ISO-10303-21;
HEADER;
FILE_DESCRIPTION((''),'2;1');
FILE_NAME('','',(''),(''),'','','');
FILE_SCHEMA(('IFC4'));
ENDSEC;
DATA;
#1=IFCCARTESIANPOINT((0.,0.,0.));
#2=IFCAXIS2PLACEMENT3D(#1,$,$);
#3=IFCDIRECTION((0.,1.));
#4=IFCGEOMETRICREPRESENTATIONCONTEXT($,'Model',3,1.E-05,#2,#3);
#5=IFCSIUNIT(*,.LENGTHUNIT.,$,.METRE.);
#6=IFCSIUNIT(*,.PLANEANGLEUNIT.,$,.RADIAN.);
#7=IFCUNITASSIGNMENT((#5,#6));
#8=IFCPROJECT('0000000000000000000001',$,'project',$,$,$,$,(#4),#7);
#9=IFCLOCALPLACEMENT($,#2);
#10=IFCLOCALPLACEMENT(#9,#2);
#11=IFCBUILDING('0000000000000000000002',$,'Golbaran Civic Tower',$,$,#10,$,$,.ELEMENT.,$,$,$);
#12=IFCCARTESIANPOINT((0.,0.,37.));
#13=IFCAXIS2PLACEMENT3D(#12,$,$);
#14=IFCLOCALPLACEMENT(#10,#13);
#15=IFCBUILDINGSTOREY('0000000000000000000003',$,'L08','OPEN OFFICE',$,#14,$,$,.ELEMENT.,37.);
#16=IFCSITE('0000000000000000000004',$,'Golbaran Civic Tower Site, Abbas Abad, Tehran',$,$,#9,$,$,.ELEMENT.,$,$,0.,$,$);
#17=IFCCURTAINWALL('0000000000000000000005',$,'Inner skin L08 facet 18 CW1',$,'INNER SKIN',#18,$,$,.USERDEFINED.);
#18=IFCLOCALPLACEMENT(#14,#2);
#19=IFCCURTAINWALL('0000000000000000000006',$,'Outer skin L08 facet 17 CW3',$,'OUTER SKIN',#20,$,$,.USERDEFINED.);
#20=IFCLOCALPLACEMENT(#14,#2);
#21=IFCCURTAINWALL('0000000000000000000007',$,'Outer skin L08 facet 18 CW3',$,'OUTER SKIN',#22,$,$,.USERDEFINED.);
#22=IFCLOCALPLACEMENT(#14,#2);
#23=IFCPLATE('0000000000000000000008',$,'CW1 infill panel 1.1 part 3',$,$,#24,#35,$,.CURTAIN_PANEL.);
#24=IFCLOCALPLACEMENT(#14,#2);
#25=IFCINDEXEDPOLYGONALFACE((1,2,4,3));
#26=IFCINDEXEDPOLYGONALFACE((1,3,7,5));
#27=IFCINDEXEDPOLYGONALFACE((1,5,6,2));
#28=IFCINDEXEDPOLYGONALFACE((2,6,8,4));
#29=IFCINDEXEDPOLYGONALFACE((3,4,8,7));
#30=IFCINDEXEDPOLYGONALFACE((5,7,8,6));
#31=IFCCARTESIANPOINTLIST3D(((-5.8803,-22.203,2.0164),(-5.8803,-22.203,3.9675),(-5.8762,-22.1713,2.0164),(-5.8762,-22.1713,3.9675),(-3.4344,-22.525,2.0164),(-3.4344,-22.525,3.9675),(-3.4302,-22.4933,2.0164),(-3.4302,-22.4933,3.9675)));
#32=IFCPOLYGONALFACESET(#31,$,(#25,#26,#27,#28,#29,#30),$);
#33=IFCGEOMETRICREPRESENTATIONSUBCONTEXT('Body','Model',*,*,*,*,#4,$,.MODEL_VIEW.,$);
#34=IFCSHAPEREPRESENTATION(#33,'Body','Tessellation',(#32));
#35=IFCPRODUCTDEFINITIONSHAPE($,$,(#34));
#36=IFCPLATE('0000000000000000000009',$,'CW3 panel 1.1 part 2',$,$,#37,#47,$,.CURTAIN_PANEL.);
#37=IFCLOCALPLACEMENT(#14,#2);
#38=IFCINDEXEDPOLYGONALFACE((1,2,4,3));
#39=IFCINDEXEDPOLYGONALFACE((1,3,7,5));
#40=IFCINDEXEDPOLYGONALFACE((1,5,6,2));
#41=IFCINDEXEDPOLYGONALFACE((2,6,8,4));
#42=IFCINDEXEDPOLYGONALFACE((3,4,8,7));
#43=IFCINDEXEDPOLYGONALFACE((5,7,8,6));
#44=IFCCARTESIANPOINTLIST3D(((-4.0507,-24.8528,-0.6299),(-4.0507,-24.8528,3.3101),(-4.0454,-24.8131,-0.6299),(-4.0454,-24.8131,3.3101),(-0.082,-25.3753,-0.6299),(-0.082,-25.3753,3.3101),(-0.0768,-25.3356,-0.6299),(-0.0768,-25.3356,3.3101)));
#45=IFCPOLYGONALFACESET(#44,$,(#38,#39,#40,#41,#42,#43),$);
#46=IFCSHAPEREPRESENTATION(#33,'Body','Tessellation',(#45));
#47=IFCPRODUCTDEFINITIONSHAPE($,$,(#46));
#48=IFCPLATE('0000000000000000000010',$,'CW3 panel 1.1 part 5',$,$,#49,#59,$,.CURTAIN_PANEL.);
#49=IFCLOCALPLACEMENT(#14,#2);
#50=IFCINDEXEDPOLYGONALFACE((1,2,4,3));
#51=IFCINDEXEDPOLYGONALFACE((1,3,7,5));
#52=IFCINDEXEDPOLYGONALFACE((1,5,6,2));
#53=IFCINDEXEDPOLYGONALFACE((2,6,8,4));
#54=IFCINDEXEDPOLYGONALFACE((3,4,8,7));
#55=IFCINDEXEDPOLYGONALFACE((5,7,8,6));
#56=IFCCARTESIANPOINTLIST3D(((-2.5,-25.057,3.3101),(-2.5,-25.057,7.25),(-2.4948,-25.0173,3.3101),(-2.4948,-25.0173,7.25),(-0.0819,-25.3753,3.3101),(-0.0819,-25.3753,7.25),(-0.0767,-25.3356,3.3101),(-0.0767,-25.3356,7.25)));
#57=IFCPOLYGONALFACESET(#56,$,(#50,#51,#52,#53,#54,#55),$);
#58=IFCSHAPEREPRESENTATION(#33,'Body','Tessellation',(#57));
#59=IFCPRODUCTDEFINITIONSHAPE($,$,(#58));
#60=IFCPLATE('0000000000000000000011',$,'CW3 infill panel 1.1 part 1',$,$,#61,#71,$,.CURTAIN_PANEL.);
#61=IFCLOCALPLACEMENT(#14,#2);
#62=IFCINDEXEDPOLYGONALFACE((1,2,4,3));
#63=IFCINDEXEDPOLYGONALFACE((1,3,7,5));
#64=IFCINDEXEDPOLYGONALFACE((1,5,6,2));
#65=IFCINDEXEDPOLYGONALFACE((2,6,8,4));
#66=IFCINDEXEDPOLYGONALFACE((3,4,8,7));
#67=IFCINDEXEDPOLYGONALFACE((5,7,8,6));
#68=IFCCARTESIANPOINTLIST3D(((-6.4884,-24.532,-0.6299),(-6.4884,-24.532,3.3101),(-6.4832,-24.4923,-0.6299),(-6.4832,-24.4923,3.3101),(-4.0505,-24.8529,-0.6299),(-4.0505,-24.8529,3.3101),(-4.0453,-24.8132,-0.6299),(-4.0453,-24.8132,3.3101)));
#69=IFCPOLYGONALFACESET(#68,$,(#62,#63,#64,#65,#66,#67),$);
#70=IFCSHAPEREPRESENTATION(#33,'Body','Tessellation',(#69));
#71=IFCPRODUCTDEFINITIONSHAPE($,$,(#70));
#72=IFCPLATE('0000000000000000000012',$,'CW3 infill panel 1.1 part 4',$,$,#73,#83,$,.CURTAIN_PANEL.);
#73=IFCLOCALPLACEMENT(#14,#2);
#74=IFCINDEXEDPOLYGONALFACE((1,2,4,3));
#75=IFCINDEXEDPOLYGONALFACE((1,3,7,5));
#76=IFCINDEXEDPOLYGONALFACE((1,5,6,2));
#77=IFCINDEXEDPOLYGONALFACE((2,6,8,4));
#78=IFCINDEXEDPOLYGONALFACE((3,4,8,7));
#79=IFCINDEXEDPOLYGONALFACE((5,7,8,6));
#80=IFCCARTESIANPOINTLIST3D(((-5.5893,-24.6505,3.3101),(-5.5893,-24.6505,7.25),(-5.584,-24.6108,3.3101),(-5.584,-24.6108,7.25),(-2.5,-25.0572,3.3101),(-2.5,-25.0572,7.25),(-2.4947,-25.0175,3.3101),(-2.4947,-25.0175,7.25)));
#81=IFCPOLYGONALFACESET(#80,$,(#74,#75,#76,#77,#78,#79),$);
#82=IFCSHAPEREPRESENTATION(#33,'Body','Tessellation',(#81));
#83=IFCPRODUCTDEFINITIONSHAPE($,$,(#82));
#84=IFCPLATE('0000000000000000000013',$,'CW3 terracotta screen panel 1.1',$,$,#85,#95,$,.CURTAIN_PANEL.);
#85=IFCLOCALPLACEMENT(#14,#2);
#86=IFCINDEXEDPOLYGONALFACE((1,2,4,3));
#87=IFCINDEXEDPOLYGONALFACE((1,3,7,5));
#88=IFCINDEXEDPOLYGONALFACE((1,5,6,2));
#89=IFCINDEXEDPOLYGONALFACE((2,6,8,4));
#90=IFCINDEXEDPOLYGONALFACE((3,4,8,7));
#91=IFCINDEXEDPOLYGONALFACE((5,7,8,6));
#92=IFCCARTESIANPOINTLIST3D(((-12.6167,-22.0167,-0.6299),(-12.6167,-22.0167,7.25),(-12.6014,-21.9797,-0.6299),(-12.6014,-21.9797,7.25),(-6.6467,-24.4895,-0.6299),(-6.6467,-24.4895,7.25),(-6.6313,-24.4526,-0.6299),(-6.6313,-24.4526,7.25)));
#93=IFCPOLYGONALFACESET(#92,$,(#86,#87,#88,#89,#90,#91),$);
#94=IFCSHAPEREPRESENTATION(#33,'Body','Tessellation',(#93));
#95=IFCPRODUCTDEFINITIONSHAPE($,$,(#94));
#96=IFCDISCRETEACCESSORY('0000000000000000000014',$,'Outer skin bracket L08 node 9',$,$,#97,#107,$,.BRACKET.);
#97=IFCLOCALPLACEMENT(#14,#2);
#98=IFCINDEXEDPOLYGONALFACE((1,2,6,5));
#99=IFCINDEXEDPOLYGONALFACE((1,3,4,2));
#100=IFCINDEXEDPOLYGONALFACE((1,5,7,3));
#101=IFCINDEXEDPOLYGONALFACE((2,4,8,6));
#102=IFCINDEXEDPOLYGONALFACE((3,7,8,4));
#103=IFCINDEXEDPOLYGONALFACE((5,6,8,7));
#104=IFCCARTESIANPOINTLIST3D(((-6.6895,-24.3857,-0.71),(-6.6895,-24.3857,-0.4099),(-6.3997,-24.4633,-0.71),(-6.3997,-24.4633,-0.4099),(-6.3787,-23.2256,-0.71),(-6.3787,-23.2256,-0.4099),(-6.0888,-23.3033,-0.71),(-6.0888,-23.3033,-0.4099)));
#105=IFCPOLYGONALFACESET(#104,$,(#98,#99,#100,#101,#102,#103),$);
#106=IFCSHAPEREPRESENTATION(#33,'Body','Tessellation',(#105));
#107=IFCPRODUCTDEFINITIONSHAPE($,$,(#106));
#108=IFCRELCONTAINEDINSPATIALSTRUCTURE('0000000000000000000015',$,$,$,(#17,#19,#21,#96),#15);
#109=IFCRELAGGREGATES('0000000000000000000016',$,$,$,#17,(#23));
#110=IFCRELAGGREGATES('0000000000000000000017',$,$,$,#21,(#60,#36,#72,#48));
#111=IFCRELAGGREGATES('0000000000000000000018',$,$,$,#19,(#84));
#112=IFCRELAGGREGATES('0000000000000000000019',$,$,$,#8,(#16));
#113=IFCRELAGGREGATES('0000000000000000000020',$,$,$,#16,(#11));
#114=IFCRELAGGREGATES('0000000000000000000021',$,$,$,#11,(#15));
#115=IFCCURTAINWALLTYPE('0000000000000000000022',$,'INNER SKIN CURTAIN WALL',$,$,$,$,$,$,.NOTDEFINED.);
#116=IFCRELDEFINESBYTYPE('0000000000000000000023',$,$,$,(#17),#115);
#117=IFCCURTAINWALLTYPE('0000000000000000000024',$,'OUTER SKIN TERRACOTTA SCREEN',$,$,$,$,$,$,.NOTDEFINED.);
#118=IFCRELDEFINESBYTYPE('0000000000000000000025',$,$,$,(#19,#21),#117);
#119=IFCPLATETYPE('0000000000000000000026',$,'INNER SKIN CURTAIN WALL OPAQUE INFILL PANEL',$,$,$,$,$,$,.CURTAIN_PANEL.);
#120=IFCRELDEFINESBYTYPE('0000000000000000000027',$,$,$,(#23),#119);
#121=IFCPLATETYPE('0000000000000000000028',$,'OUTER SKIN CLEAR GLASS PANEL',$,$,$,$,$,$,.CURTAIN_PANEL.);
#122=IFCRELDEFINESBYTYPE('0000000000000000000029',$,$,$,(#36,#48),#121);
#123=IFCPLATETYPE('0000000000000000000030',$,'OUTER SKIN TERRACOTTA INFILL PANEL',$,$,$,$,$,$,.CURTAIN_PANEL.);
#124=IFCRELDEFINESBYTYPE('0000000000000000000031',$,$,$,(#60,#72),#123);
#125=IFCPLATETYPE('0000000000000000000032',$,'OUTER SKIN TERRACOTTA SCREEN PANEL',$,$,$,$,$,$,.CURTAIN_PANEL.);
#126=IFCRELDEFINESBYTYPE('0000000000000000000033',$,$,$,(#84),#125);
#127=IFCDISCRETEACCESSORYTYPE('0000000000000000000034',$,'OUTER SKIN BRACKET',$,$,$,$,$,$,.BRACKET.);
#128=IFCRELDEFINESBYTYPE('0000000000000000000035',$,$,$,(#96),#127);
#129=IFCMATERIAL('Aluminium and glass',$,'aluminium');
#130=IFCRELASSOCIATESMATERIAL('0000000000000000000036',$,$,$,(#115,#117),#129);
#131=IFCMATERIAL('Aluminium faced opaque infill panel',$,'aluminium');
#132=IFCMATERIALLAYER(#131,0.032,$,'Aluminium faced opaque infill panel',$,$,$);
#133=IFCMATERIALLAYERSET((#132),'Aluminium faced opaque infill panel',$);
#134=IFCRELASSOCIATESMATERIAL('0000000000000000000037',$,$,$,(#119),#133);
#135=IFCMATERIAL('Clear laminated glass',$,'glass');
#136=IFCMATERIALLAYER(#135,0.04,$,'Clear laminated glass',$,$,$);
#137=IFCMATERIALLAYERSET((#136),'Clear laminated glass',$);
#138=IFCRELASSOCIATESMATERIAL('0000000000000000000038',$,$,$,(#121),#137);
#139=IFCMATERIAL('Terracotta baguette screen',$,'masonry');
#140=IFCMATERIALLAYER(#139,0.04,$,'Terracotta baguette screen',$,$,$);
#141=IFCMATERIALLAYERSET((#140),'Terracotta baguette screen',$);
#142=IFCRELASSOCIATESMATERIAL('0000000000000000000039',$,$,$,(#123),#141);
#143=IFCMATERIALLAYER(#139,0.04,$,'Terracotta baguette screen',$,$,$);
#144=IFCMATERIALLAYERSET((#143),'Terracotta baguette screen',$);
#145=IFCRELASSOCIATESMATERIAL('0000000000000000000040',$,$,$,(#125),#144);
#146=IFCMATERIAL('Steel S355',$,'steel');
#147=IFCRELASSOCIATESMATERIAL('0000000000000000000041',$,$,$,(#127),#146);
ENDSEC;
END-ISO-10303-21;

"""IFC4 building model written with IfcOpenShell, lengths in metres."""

from ifc_helpers import new_model, si_unit, direction, frame, origin, origin_2d, place, context, subcontext, project, spatial, rectangle, extrude, material, layer, layer_set, type_object, element, aggregate, save


model = new_model("IFC4")

# Units and contexts
model_context = context("Model", 3, precision=1e-05, world=origin(), true_north=direction((0.0, 1.0)))
body_context = subcontext(model_context, "Body", "Model", "MODEL_VIEW")
ifc_project = project(units=[si_unit("LENGTHUNIT", "METRE"), si_unit("PLANEANGLEUNIT", "RADIAN")], contexts=[model_context])

# Site, building, storey
site_placement = place(None, origin())
site = spatial("IfcSite", under=ifc_project, at=site_placement, Name="Golbaran Civic Tower Site, Abbas Abad, Tehran", CompositionType="ELEMENT", RefElevation=0.0)
building_placement = place(site_placement, origin())
building = spatial("IfcBuilding", under=site, at=building_placement, Name="Golbaran Civic Tower", CompositionType="ELEMENT")
storey_placement = place(building_placement, frame((0.0, 0.0, 37.0)))
storey = spatial("IfcBuildingStorey", under=building, at=storey_placement, Name="L08", Description="OPEN OFFICE", CompositionType="ELEMENT", Elevation=37.0)

# Shared definitions
ifc_material_1 = material(Name="Steel S355", Category="steel")

# Shared definitions
ifc_material_2 = material(Name="Aluminium and glass", Category="aluminium")
curtain_wall_type_1 = type_object("IfcCurtainWallType", Name="INNER SKIN CURTAIN WALL", PredefinedType="NOTDEFINED", material=ifc_material_2)

# Curtain wall
curtain_wall_1_placement = place(storey_placement, origin())
curtain_wall_1 = element("IfcCurtainWall", 1, at=curtain_wall_1_placement, inside=storey, type_object=curtain_wall_type_1, Name="Inner skin L08 facet 18 CW1", ObjectType="INNER SKIN", PredefinedType="USERDEFINED")

# Shared definitions
curtain_wall_type_2 = type_object("IfcCurtainWallType", Name="OUTER SKIN TERRACOTTA SCREEN", PredefinedType="NOTDEFINED", material=ifc_material_2)

# Curtain walls
curtain_wall_2_placement = place(storey_placement, origin())
curtain_wall_2 = element("IfcCurtainWall", 2, at=curtain_wall_2_placement, inside=storey, type_object=curtain_wall_type_2, Name="Outer skin L08 facet 17 CW3", ObjectType="OUTER SKIN", PredefinedType="USERDEFINED")
curtain_wall_3_placement = place(storey_placement, origin())
curtain_wall_3 = element("IfcCurtainWall", 3, at=curtain_wall_3_placement, inside=storey, type_object=curtain_wall_type_2, Name="Outer skin L08 facet 18 CW3", ObjectType="OUTER SKIN", PredefinedType="USERDEFINED")

# Plates
ifc_material_3 = material(Name="Aluminium faced opaque infill panel", Category="aluminium")
ifc_layer_1 = layer(ifc_material_3, 0.032, Name="Aluminium faced opaque infill panel")
ifc_layer_set_1 = layer_set([ifc_layer_1], Name="Aluminium faced opaque infill panel")
plate_type_1 = type_object("IfcPlateType", Name="INNER SKIN CURTAIN WALL OPAQUE INFILL PANEL", PredefinedType="CURTAIN_PANEL", material=ifc_layer_set_1)
plate_1_placement = place(storey_placement, frame((-4.6553, -22.3481, 2.0164), z_axis=(0.0, 0.0, 1.0), x_axis=(0.991445, -0.130526, 0.0)))
plate_1 = element("IfcPlate", 4, at=plate_1_placement, type_object=plate_type_1, Name="CW1 infill panel 1.1 part 3", PredefinedType="CURTAIN_PANEL", context=body_context, shape_type="SweptSolid", body=[
    extrude(rectangle(XDim=2.467, YDim=0.032, at=origin_2d()), origin(), (0.0, 0.0, 1.0), 1.9512),
])
aggregate(curtain_wall_1, [plate_1])
ifc_material_4 = material(Name="Clear laminated glass", Category="glass")
ifc_layer_2 = layer(ifc_material_4, 0.04, Name="Clear laminated glass")
ifc_layer_set_2 = layer_set([ifc_layer_2], Name="Clear laminated glass")
plate_type_2 = type_object("IfcPlateType", Name="OUTER SKIN CLEAR GLASS PANEL", PredefinedType="CURTAIN_PANEL", material=ifc_layer_set_2)
plate_2_placement = place(storey_placement, frame((-2.0637, -25.0942, -0.6299), z_axis=(0.0, 0.0, 1.0), x_axis=(0.991445, -0.130526, 0.0)))
plate_2 = element("IfcPlate", 5, at=plate_2_placement, type_object=plate_type_2, Name="CW3 panel 1.1 part 2", PredefinedType="CURTAIN_PANEL", context=body_context, shape_type="SweptSolid", body=[
    extrude(rectangle(XDim=4.0029, YDim=0.04, at=origin_2d()), origin(), (0.0, 0.0, 1.0), 3.9399),
])
plate_3_placement = place(storey_placement, frame((-1.2883, -25.1963, 3.3101), z_axis=(0.0, 0.0, 1.0), x_axis=(0.991445, -0.130526, 0.0)))
plate_3 = element("IfcPlate", 6, at=plate_3_placement, type_object=plate_type_2, Name="CW3 panel 1.1 part 5", PredefinedType="CURTAIN_PANEL", context=body_context, shape_type="SweptSolid", body=[
    extrude(rectangle(XDim=2.439, YDim=0.04, at=origin_2d()), origin(), (0.0, 0.0, 1.0), 3.9399),
])
ifc_material_5 = material(Name="Terracotta baguette screen", Category="masonry")
ifc_layer_3 = layer(ifc_material_5, 0.04, Name="Terracotta baguette screen")
ifc_layer_set_3 = layer_set([ifc_layer_3], Name="Terracotta baguette screen")
plate_type_3 = type_object("IfcPlateType", Name="OUTER SKIN TERRACOTTA INFILL PANEL", PredefinedType="CURTAIN_PANEL", material=ifc_layer_set_3)
plate_4_placement = place(storey_placement, frame((-5.2668, -24.6726, -0.6299), z_axis=(0.0, 0.0, 1.0), x_axis=(0.991445, -0.130526, 0.0)))
plate_4 = element("IfcPlate", 7, at=plate_4_placement, type_object=plate_type_3, Name="CW3 infill panel 1.1 part 1", PredefinedType="CURTAIN_PANEL", context=body_context, shape_type="SweptSolid", body=[
    extrude(rectangle(XDim=2.459, YDim=0.04, at=origin_2d()), origin(), (0.0, 0.0, 1.0), 3.9399),
])
plate_5_placement = place(storey_placement, frame((-4.042, -24.834, 3.3101), z_axis=(0.0, 0.0, 1.0), x_axis=(0.991445, -0.130526, 0.0)))
plate_5 = element("IfcPlate", 8, at=plate_5_placement, type_object=plate_type_3, Name="CW3 infill panel 1.1 part 4", PredefinedType="CURTAIN_PANEL", context=body_context, shape_type="SweptSolid", body=[
    extrude(rectangle(XDim=3.116, YDim=0.04, at=origin_2d()), origin(), (0.0, 0.0, 1.0), 3.9399),
])
aggregate(curtain_wall_3, [plate_4, plate_2, plate_5, plate_3])
ifc_layer_4 = layer(ifc_material_5, 0.04, Name="Terracotta baguette screen")
ifc_layer_set_4 = layer_set([ifc_layer_4], Name="Terracotta baguette screen")
plate_type_4 = type_object("IfcPlateType", Name="OUTER SKIN TERRACOTTA SCREEN PANEL", PredefinedType="CURTAIN_PANEL", material=ifc_layer_set_4)
plate_6_placement = place(storey_placement, frame((-9.624, -23.2346, -0.6299), z_axis=(0.0, 0.0, 1.0), x_axis=(0.92388, -0.382683, 0.0)))
plate_6 = element("IfcPlate", 9, at=plate_6_placement, type_object=plate_type_4, Name="CW3 terracotta screen panel 1.1", PredefinedType="CURTAIN_PANEL", context=body_context, shape_type="SweptSolid", body=[
    extrude(rectangle(XDim=6.4619, YDim=0.04, at=origin_2d()), origin(), (0.0, 0.0, 1.0), 7.8799),
])
aggregate(curtain_wall_2, [plate_6])

# Discrete accessory
discrete_accessory_type = type_object("IfcDiscreteAccessoryType", Name="OUTER SKIN BRACKET", PredefinedType="BRACKET", material=ifc_material_1)
discrete_accessory_placement = place(storey_placement, frame((-6.3892, -23.8445, -0.71), z_axis=(0.0, 0.0, 1.0), x_axis=(-0.258819, -0.965926, 0.0)))
element("IfcDiscreteAccessory", 10, at=discrete_accessory_placement, inside=storey, type_object=discrete_accessory_type, Name="Outer skin bracket L08 node 9", PredefinedType="BRACKET", context=body_context, shape_type="SweptSolid", body=[
    extrude(rectangle(XDim=1.2009, YDim=0.3, at=origin_2d()), origin(), (0.0, 0.0, 1.0), 0.3),
])

save(model, "model.ifc")
